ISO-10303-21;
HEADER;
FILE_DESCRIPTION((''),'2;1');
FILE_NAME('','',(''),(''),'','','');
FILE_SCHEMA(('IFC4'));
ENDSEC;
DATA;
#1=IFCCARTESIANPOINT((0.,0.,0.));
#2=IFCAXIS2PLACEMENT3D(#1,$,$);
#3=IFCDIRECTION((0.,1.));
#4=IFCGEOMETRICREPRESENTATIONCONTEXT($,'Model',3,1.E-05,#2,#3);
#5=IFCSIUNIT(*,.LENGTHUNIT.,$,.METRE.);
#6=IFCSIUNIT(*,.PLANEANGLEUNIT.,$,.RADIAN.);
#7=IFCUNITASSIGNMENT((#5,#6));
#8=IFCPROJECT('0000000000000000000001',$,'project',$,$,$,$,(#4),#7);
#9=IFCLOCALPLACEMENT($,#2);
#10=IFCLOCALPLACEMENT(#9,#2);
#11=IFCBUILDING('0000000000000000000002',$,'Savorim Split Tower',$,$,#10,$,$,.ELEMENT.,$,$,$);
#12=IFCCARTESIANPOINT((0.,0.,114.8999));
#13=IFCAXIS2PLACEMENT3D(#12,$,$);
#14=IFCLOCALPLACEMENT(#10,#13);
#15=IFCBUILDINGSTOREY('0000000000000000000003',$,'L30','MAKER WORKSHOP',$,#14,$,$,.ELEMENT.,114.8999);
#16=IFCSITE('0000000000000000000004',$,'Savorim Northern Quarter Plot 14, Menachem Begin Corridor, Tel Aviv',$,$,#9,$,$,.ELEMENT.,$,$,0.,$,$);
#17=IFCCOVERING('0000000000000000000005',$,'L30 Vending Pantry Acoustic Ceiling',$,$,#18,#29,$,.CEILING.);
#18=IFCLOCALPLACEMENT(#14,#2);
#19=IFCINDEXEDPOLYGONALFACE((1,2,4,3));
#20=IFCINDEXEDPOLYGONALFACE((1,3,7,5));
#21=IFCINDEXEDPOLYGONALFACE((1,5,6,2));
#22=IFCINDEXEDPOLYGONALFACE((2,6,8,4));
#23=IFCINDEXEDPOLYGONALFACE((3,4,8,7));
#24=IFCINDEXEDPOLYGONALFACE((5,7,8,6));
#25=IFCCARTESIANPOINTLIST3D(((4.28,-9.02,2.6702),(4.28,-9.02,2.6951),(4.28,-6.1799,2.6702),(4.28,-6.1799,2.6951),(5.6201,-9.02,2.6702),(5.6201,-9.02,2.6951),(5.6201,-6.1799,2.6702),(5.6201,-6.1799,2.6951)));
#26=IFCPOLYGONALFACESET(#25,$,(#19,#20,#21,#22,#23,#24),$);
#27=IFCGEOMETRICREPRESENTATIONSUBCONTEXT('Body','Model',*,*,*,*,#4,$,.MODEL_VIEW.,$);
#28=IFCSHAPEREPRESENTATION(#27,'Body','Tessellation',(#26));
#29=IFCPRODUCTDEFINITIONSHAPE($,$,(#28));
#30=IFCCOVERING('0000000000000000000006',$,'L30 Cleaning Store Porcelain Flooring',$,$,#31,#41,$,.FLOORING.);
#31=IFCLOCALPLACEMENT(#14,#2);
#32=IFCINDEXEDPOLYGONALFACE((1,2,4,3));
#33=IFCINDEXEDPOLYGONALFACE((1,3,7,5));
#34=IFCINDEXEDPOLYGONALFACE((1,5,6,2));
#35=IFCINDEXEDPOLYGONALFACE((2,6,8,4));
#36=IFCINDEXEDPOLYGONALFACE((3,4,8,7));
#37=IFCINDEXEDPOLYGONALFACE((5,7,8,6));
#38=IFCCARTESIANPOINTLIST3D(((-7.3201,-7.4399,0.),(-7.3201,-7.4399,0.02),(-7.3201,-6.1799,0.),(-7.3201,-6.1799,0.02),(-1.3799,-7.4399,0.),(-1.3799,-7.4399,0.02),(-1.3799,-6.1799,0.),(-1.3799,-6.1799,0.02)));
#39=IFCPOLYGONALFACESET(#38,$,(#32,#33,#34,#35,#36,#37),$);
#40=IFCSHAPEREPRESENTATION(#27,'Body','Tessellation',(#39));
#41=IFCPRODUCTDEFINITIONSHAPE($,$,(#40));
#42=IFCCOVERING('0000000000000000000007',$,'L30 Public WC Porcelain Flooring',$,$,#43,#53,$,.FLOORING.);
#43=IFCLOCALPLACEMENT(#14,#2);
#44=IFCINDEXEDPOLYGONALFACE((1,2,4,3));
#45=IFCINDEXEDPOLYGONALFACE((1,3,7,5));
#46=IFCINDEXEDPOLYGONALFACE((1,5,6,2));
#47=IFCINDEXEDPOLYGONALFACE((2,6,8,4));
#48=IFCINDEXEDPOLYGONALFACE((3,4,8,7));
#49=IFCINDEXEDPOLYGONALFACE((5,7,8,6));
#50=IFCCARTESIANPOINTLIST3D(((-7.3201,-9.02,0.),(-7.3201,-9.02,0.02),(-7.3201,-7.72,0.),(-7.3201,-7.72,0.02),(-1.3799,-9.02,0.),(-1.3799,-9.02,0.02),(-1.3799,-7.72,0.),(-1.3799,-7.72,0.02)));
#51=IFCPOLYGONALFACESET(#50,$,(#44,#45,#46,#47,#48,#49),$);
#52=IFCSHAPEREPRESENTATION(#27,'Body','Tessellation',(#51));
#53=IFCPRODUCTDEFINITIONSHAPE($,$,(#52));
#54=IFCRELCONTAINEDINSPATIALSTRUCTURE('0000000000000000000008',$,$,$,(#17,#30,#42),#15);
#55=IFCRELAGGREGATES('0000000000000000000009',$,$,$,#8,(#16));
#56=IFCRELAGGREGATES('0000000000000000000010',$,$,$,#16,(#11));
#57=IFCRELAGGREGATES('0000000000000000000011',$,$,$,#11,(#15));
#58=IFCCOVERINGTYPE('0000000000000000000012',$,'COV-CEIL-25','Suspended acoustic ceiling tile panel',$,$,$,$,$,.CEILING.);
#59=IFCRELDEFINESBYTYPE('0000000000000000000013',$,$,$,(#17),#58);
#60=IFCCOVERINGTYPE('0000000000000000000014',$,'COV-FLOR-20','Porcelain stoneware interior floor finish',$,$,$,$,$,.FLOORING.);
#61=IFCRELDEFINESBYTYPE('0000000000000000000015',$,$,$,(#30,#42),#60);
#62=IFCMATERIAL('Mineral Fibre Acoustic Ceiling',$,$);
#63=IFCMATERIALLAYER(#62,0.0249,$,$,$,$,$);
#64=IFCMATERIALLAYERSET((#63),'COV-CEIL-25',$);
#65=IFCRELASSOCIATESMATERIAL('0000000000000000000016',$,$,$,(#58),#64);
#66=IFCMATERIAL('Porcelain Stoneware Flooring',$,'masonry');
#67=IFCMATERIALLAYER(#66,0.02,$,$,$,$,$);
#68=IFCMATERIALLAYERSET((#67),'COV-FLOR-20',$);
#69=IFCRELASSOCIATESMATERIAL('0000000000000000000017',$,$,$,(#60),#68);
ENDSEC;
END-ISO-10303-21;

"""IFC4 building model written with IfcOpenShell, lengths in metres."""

from ifc_helpers import new_model, si_unit, direction, frame, origin, place, context, subcontext, project, spatial, polyline, outline, extrude, material, layer, layer_set, type_object, element, save


model = new_model("IFC4")

# Units and contexts
model_context = context("Model", 3, precision=1e-05, world=origin(), true_north=direction((0.0, 1.0)))
body_context = subcontext(model_context, "Body", "Model", "MODEL_VIEW")
ifc_project = project(units=[si_unit("LENGTHUNIT", "METRE"), si_unit("PLANEANGLEUNIT", "RADIAN")], contexts=[model_context])

# Site, building, storey
site_placement = place(None, origin())
site = spatial("IfcSite", under=ifc_project, at=site_placement, Name="Savorim Northern Quarter Plot 14, Menachem Begin Corridor, Tel Aviv", CompositionType="ELEMENT", RefElevation=0.0)
building_placement = place(site_placement, origin())
building = spatial("IfcBuilding", under=site, at=building_placement, Name="Savorim Split Tower", CompositionType="ELEMENT")
storey_placement = place(building_placement, frame((0.0, 0.0, 114.8999)))
storey = spatial("IfcBuildingStorey", under=building, at=storey_placement, Name="L30", Description="MAKER WORKSHOP", CompositionType="ELEMENT", Elevation=114.8999)

# Coverings
ifc_material_1 = material(Name="Mineral Fibre Acoustic Ceiling")
ifc_layer_1 = layer(ifc_material_1, 0.0249)
ifc_layer_set_1 = layer_set([ifc_layer_1], Name="COV-CEIL-25")
covering_type_1 = type_object("IfcCoveringType", Name="COV-CEIL-25", Description="Suspended acoustic ceiling tile panel", PredefinedType="CEILING", material=ifc_layer_set_1)
covering_1_placement = place(storey_placement, frame((0.0, 0.0, 2.6702)))
element("IfcCovering", 1, at=covering_1_placement, inside=storey, type_object=covering_type_1, Name="L30 Vending Pantry Acoustic Ceiling", PredefinedType="CEILING", context=body_context, shape_type="SweptSolid", body=[
    extrude(outline(polyline([(4.28, -6.1799), (4.28, -9.02), (5.6201, -9.02), (5.6201, -6.1799), (4.28, -6.1799)])), origin(), (0.0, 0.0, 1.0), 0.0249),
])
ifc_material_2 = material(Name="Porcelain Stoneware Flooring", Category="masonry")
ifc_layer_2 = layer(ifc_material_2, 0.02)
ifc_layer_set_2 = layer_set([ifc_layer_2], Name="COV-FLOR-20")
covering_type_2 = type_object("IfcCoveringType", Name="COV-FLOR-20", Description="Porcelain stoneware interior floor finish", PredefinedType="FLOORING", material=ifc_layer_set_2)
covering_2_placement = place(storey_placement, origin())
element("IfcCovering", 2, at=covering_2_placement, inside=storey, type_object=covering_type_2, Name="L30 Cleaning Store Porcelain Flooring", PredefinedType="FLOORING", context=body_context, shape_type="SweptSolid", body=[
    extrude(outline(polyline([(-7.3201, -6.1799), (-7.3201, -7.4399), (-1.3799, -7.4399), (-1.3799, -6.1799), (-7.3201, -6.1799)])), origin(), (0.0, 0.0, 1.0), 0.02),
])
covering_3_placement = place(storey_placement, origin())
element("IfcCovering", 3, at=covering_3_placement, inside=storey, type_object=covering_type_2, Name="L30 Public WC Porcelain Flooring", PredefinedType="FLOORING", context=body_context, shape_type="SweptSolid", body=[
    extrude(outline(polyline([(-7.3201, -7.72), (-7.3201, -9.02), (-1.3799, -9.02), (-1.3799, -7.72), (-7.3201, -7.72)])), origin(), (0.0, 0.0, 1.0), 0.02),
])

save(model, "model.ifc")
